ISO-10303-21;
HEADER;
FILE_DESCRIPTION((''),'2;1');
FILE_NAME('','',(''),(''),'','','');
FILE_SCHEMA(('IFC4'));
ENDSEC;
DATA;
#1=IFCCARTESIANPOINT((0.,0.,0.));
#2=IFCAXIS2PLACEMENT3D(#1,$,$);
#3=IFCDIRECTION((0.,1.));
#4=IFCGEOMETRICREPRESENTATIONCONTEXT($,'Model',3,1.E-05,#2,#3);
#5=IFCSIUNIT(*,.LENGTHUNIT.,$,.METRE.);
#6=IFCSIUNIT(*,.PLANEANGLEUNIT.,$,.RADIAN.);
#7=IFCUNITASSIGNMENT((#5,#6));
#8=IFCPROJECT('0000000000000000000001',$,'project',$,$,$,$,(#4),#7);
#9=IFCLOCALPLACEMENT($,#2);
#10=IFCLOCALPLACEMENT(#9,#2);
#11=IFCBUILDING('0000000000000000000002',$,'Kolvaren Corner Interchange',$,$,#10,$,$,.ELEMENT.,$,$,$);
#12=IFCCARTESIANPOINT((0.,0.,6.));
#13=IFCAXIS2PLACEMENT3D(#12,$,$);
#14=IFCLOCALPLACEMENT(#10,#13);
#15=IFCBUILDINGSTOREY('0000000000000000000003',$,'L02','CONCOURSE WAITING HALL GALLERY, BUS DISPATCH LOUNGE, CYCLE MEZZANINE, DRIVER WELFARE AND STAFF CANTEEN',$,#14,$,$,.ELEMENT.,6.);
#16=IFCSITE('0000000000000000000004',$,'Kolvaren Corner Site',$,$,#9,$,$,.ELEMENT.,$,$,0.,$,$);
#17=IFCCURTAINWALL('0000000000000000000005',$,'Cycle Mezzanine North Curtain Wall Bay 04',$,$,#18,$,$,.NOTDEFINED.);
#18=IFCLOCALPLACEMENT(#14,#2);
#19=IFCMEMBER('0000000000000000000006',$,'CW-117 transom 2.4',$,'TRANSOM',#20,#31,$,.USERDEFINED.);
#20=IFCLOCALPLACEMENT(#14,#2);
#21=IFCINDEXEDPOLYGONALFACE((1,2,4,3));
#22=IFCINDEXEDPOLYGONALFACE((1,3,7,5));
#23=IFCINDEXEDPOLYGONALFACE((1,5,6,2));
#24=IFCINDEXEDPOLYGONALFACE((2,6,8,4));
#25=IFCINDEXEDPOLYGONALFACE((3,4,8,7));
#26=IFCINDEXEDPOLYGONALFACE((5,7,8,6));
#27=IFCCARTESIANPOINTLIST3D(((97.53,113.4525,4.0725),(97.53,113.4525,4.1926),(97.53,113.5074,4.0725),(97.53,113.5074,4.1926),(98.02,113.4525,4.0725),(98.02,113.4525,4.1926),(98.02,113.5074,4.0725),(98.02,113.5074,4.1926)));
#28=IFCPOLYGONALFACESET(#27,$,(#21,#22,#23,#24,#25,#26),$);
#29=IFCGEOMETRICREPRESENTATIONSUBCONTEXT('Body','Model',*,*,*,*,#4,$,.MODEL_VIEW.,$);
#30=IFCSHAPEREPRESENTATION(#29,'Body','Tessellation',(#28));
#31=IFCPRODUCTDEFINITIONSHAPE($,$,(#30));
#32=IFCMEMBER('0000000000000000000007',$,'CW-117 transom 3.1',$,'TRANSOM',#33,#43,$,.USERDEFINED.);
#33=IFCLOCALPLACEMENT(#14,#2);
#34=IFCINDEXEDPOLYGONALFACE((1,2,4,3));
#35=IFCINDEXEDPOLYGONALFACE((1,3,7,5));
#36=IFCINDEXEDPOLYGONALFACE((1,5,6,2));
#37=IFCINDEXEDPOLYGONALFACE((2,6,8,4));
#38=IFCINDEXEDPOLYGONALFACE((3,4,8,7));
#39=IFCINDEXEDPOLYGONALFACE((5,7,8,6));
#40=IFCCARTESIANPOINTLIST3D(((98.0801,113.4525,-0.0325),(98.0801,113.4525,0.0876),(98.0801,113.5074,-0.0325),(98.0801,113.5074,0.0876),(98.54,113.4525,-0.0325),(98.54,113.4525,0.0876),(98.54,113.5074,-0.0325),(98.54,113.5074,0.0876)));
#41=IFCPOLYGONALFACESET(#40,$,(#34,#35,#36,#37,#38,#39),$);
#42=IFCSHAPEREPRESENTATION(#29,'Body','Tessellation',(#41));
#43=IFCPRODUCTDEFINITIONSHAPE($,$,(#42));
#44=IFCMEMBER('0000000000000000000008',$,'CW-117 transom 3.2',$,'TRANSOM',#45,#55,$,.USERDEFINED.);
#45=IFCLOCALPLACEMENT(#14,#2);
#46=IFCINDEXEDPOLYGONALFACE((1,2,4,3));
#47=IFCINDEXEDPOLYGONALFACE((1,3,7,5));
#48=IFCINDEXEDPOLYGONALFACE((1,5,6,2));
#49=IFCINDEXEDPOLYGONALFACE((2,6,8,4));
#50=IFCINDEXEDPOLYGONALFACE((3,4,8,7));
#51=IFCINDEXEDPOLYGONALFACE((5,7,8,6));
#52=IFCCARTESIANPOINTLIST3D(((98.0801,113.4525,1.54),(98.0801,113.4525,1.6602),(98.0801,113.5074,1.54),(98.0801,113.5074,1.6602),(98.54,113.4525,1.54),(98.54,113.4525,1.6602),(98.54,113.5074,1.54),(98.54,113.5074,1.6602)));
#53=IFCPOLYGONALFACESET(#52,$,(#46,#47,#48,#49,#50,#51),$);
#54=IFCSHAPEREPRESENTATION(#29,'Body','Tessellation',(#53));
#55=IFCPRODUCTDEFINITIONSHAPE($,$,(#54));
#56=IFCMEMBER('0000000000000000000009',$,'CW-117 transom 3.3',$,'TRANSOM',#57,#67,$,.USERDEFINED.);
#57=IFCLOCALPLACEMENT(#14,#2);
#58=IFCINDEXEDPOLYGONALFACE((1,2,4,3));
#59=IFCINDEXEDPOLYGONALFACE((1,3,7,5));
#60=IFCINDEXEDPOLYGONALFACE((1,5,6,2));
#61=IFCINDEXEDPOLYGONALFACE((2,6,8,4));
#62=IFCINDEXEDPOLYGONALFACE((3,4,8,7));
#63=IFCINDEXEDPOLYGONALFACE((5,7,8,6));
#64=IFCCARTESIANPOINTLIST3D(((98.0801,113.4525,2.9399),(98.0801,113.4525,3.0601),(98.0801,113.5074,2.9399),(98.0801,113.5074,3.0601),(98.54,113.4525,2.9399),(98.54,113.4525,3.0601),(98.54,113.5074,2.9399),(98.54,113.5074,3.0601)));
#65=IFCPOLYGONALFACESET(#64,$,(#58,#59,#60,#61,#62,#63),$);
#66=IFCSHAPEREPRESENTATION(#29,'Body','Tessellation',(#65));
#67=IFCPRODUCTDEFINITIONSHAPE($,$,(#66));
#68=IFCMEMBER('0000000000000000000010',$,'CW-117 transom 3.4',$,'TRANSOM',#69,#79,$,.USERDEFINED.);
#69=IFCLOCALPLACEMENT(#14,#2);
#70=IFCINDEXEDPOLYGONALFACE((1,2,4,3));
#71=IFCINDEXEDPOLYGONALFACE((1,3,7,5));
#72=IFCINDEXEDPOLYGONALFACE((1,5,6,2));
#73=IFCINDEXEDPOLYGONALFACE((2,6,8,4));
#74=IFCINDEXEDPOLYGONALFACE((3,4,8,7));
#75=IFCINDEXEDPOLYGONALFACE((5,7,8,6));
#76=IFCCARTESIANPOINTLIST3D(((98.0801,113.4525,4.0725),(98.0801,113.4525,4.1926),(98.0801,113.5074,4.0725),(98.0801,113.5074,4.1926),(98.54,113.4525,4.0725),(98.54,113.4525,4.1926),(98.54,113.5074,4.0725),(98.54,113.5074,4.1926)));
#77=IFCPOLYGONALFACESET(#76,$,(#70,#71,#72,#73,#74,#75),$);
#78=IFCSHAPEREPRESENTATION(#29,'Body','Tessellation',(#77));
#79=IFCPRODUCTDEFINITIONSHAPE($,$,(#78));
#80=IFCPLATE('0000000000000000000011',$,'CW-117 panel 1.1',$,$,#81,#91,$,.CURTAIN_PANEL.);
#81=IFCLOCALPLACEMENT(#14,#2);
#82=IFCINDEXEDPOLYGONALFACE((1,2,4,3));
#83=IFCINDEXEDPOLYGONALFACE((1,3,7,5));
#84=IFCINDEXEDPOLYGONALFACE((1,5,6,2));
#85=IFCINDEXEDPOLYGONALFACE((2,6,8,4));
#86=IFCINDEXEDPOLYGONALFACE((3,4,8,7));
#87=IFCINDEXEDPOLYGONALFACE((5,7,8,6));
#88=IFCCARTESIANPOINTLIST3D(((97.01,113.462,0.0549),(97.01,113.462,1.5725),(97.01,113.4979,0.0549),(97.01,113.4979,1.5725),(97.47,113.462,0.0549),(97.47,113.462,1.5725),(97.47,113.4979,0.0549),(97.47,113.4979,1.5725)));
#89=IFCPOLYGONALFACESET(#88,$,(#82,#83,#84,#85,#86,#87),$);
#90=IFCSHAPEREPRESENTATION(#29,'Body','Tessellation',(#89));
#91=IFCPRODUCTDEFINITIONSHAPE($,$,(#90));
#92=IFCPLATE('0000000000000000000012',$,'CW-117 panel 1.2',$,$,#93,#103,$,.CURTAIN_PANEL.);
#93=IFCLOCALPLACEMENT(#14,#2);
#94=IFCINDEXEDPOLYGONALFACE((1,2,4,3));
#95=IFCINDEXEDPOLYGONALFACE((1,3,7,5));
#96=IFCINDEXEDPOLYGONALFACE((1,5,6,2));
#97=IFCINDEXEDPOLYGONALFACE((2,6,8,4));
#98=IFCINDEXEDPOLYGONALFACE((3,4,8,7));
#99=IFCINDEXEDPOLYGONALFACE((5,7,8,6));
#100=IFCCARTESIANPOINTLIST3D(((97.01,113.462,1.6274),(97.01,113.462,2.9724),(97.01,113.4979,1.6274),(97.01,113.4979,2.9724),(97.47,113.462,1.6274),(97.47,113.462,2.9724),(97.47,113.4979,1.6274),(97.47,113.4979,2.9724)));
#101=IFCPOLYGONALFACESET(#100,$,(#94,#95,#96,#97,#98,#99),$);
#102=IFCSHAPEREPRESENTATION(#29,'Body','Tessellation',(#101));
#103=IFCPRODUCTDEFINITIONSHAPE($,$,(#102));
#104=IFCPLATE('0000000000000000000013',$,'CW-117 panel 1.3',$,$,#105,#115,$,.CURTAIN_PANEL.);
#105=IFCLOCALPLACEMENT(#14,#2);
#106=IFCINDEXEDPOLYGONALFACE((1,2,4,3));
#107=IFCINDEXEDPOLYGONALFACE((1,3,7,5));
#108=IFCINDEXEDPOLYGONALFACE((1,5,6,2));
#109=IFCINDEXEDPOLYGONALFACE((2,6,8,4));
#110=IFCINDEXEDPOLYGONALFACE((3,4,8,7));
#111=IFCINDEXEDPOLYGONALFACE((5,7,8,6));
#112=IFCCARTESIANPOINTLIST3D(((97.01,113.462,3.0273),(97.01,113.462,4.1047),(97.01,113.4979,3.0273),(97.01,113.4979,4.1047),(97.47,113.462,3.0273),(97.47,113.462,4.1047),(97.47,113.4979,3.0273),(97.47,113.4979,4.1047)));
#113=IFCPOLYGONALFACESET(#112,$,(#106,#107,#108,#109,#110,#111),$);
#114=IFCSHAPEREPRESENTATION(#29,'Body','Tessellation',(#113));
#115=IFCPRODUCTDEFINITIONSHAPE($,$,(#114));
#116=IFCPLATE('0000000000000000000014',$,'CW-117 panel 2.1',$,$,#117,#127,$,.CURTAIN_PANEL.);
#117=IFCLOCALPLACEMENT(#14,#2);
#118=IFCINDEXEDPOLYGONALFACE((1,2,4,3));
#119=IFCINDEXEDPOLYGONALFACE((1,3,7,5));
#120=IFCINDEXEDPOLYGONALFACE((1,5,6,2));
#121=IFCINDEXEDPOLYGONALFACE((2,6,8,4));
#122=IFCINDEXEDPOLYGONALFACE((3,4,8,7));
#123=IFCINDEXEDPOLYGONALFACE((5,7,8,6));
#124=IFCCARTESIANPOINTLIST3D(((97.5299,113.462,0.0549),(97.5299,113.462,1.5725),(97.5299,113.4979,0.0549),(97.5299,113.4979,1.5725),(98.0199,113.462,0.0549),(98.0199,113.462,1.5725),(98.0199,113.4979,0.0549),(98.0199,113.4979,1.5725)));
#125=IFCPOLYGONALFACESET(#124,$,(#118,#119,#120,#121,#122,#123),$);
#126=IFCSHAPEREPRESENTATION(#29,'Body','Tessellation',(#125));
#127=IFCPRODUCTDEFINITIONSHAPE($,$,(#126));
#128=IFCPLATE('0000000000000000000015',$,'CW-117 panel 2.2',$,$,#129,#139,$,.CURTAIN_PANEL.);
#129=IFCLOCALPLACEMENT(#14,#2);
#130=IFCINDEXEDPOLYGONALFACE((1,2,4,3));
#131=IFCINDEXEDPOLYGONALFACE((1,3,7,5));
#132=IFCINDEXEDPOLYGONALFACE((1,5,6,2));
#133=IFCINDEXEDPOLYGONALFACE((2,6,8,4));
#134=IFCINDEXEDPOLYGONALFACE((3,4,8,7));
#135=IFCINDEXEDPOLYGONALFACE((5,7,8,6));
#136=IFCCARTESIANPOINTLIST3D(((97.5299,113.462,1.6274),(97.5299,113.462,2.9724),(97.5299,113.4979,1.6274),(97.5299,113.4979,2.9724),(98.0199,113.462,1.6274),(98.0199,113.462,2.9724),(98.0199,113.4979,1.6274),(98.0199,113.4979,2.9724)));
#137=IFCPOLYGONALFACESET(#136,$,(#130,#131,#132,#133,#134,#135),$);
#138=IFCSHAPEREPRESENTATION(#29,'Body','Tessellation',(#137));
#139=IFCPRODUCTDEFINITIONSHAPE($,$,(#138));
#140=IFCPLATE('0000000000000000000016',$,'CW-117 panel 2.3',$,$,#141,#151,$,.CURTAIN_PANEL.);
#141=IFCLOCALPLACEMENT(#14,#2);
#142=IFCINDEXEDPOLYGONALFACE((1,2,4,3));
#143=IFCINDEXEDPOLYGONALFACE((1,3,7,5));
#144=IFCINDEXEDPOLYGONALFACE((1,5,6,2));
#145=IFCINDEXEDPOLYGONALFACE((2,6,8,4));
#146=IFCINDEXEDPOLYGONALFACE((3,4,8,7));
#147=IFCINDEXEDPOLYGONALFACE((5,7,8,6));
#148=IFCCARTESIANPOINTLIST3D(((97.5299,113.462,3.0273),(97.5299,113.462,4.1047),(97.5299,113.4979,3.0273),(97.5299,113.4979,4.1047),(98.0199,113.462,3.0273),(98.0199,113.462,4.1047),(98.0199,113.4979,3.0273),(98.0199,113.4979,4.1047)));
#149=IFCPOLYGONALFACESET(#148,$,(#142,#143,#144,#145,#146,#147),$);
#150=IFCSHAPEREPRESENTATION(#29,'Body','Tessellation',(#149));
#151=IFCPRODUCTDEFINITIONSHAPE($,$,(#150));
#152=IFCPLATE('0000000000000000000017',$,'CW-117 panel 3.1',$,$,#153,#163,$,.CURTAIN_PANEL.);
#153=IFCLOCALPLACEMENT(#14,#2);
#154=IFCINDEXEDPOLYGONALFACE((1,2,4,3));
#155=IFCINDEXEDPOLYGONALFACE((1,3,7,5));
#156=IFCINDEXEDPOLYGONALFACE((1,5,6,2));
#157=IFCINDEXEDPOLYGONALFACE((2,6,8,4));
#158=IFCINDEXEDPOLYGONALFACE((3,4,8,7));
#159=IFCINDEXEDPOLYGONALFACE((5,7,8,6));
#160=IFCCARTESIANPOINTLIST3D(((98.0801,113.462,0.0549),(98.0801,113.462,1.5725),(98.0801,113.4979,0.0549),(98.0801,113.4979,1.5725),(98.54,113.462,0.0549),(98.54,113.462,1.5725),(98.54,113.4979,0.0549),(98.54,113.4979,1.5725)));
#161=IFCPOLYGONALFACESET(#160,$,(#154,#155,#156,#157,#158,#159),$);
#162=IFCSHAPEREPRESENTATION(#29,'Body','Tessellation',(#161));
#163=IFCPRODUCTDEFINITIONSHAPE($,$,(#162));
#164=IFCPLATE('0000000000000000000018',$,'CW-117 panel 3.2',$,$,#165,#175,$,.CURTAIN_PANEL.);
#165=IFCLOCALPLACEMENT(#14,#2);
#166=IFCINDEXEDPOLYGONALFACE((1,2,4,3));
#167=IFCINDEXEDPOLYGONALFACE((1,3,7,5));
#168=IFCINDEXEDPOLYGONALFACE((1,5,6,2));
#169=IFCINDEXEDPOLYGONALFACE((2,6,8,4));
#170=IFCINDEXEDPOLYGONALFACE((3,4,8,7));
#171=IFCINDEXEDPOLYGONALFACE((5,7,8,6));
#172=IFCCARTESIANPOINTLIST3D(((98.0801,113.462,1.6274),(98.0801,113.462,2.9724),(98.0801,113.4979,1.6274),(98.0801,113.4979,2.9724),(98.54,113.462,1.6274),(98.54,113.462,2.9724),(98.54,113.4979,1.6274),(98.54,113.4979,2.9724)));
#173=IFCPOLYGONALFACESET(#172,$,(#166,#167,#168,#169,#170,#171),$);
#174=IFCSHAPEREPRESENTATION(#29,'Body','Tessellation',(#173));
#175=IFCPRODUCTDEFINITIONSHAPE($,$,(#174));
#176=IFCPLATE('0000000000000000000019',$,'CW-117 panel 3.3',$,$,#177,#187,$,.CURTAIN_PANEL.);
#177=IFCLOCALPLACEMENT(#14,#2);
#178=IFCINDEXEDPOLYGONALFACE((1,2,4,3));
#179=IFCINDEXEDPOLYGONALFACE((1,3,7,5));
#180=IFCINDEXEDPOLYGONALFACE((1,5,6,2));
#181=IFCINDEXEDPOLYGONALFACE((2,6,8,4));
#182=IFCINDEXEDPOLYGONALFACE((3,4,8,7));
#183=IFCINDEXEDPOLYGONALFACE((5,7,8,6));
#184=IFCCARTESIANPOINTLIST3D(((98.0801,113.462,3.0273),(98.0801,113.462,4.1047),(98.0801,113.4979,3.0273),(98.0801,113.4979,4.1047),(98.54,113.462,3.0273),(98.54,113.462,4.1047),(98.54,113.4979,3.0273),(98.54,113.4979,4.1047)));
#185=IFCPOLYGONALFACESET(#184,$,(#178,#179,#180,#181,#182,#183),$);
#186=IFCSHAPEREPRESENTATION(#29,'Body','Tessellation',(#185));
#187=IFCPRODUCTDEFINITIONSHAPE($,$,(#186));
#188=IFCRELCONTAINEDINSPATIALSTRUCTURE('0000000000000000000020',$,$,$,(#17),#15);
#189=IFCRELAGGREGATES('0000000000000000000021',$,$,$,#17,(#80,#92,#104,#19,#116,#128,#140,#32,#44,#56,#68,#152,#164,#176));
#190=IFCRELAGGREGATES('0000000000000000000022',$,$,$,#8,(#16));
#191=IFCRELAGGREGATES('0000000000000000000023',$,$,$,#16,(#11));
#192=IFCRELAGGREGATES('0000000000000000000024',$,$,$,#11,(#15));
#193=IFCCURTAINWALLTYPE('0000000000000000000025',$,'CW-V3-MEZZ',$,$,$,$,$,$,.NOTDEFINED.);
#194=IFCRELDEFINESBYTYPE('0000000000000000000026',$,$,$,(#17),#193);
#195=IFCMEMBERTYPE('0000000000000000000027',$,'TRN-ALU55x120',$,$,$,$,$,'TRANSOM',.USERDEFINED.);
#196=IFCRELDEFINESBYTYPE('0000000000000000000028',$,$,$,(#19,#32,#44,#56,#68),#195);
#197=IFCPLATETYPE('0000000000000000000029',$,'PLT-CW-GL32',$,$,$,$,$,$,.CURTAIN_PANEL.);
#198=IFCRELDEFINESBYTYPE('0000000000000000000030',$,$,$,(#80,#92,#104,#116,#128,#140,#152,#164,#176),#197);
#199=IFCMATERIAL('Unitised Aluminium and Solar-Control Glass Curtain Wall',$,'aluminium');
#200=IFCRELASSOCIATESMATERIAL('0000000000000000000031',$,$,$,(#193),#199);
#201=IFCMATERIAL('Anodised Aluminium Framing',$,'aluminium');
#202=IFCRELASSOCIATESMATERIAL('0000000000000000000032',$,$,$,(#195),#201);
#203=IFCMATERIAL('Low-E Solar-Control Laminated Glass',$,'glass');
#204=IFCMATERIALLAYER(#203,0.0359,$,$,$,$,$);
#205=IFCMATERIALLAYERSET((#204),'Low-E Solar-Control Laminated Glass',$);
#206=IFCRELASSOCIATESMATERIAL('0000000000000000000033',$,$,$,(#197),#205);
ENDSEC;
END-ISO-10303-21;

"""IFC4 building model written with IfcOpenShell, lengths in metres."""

from ifc_helpers import new_model, si_unit, direction, frame, origin, origin_2d, place, context, subcontext, project, spatial, rectangle, extrude, material, layer, layer_set, material_profile, profile_set, type_object, element, aggregate, save


model = new_model("IFC4")

# Units and contexts
model_context = context("Model", 3, precision=1e-05, world=origin(), true_north=direction((0.0, 1.0)))
body_context = subcontext(model_context, "Body", "Model", "MODEL_VIEW")
ifc_project = project(units=[si_unit("LENGTHUNIT", "METRE"), si_unit("PLANEANGLEUNIT", "RADIAN")], contexts=[model_context])

# Site, building, storey
site_placement = place(None, origin())
site = spatial("IfcSite", under=ifc_project, at=site_placement, Name="Kolvaren Corner Site", CompositionType="ELEMENT", RefElevation=0.0)
building_placement = place(site_placement, origin())
building = spatial("IfcBuilding", under=site, at=building_placement, Name="Kolvaren Corner Interchange", CompositionType="ELEMENT")
storey_placement = place(building_placement, frame((0.0, 0.0, 6.0)))
storey = spatial("IfcBuildingStorey", under=building, at=storey_placement, Name="L02", Description="CONCOURSE WAITING HALL GALLERY, BUS DISPATCH LOUNGE, CYCLE MEZZANINE, DRIVER WELFARE AND STAFF CANTEEN", CompositionType="ELEMENT", Elevation=6.0)

# Curtain wall, members, plates
ifc_material_1 = material(Name="Unitised Aluminium and Solar-Control Glass Curtain Wall", Category="aluminium")
curtain_wall_type = type_object("IfcCurtainWallType", Name="CW-V3-MEZZ", PredefinedType="NOTDEFINED", material=ifc_material_1)
curtain_wall_placement = place(storey_placement, origin())
curtain_wall = element("IfcCurtainWall", 1, at=curtain_wall_placement, inside=storey, type_object=curtain_wall_type, Name="Cycle Mezzanine North Curtain Wall Bay 04", PredefinedType="NOTDEFINED")
ifc_material_2 = material(Name="Anodised Aluminium Framing", Category="aluminium")
ifc_material_profile_1 = material_profile(ifc_material_2, rectangle(XDim=0.0549, YDim=0.1201, at=origin_2d()), Name="ALU 55x120")
ifc_profile_set_1 = profile_set([ifc_material_profile_1], Name="Anodised Aluminium Framing")
member_type_1 = type_object("IfcMemberType", Name="TRN-ALU55x120", ElementType="TRANSOM", PredefinedType="USERDEFINED", material=ifc_profile_set_1)
member_1_placement = place(storey_placement, frame((97.53, 113.48, 4.1326), z_axis=(1.0, 0.0, 0.0), x_axis=(0.0, 1.0, 0.0)))
member_1 = element("IfcMember", 2, at=member_1_placement, type_object=member_type_1, Name="CW-117 transom 2.4", ObjectType="TRANSOM", PredefinedType="USERDEFINED", context=body_context, shape_type="SweptSolid", body=[
    extrude(rectangle(XDim=0.0549, YDim=0.1201, at=origin_2d()), origin(), (0.0, 0.0, 1.0), 0.49),
])
member_2_placement = place(storey_placement, frame((98.0801, 113.48, 0.0276), z_axis=(1.0, 0.0, 0.0), x_axis=(0.0, 1.0, 0.0)))
member_2 = element("IfcMember", 3, at=member_2_placement, type_object=member_type_1, Name="CW-117 transom 3.1", ObjectType="TRANSOM", PredefinedType="USERDEFINED", context=body_context, shape_type="SweptSolid", body=[
    extrude(rectangle(XDim=0.0549, YDim=0.1201, at=origin_2d()), origin(), (0.0, 0.0, 1.0), 0.46),
])
member_3_placement = place(storey_placement, frame((98.0801, 113.48, 1.6001), z_axis=(1.0, 0.0, 0.0), x_axis=(0.0, 1.0, 0.0)))
member_3 = element("IfcMember", 4, at=member_3_placement, type_object=member_type_1, Name="CW-117 transom 3.2", ObjectType="TRANSOM", PredefinedType="USERDEFINED", context=body_context, shape_type="SweptSolid", body=[
    extrude(rectangle(XDim=0.0549, YDim=0.1201, at=origin_2d()), origin(), (0.0, 0.0, 1.0), 0.46),
])
member_4_placement = place(storey_placement, frame((98.0801, 113.48, 3.0), z_axis=(1.0, 0.0, 0.0), x_axis=(0.0, 1.0, 0.0)))
member_4 = element("IfcMember", 5, at=member_4_placement, type_object=member_type_1, Name="CW-117 transom 3.3", ObjectType="TRANSOM", PredefinedType="USERDEFINED", context=body_context, shape_type="SweptSolid", body=[
    extrude(rectangle(XDim=0.0549, YDim=0.1201, at=origin_2d()), origin(), (0.0, 0.0, 1.0), 0.46),
])
member_5_placement = place(storey_placement, frame((98.0801, 113.48, 4.1326), z_axis=(1.0, 0.0, 0.0), x_axis=(0.0, 1.0, 0.0)))
member_5 = element("IfcMember", 6, at=member_5_placement, type_object=member_type_1, Name="CW-117 transom 3.4", ObjectType="TRANSOM", PredefinedType="USERDEFINED", context=body_context, shape_type="SweptSolid", body=[
    extrude(rectangle(XDim=0.0549, YDim=0.1201, at=origin_2d()), origin(), (0.0, 0.0, 1.0), 0.46),
])
ifc_material_3 = material(Name="Low-E Solar-Control Laminated Glass", Category="glass")
ifc_layer = layer(ifc_material_3, 0.0359)
ifc_layer_set = layer_set([ifc_layer], Name="Low-E Solar-Control Laminated Glass")
plate_type = type_object("IfcPlateType", Name="PLT-CW-GL32", PredefinedType="CURTAIN_PANEL", material=ifc_layer_set)
plate_1_placement = place(storey_placement, frame((97.24, 113.48, 0.0549), z_axis=(0.0, 0.0, 1.0), x_axis=(1.0, 0.0, 0.0)))
plate_1 = element("IfcPlate", 7, at=plate_1_placement, type_object=plate_type, Name="CW-117 panel 1.1", PredefinedType="CURTAIN_PANEL", context=body_context, shape_type="SweptSolid", body=[
    extrude(rectangle(XDim=0.46, YDim=0.0359, at=origin_2d()), origin(), (0.0, 0.0, 1.0), 1.5176),
])
plate_2_placement = place(storey_placement, frame((97.24, 113.48, 1.6274), z_axis=(0.0, 0.0, 1.0), x_axis=(1.0, 0.0, 0.0)))
plate_2 = element("IfcPlate", 8, at=plate_2_placement, type_object=plate_type, Name="CW-117 panel 1.2", PredefinedType="CURTAIN_PANEL", context=body_context, shape_type="SweptSolid", body=[
    extrude(rectangle(XDim=0.46, YDim=0.0359, at=origin_2d()), origin(), (0.0, 0.0, 1.0), 1.345),
])
plate_3_placement = place(storey_placement, frame((97.24, 113.48, 3.0273), z_axis=(0.0, 0.0, 1.0), x_axis=(1.0, 0.0, 0.0)))
plate_3 = element("IfcPlate", 9, at=plate_3_placement, type_object=plate_type, Name="CW-117 panel 1.3", PredefinedType="CURTAIN_PANEL", context=body_context, shape_type="SweptSolid", body=[
    extrude(rectangle(XDim=0.46, YDim=0.0359, at=origin_2d()), origin(), (0.0, 0.0, 1.0), 1.0774),
])
plate_4_placement = place(storey_placement, frame((97.7749, 113.48, 0.0549), z_axis=(0.0, 0.0, 1.0), x_axis=(1.0, 0.0, 0.0)))
plate_4 = element("IfcPlate", 10, at=plate_4_placement, type_object=plate_type, Name="CW-117 panel 2.1", PredefinedType="CURTAIN_PANEL", context=body_context, shape_type="SweptSolid", body=[
    extrude(rectangle(XDim=0.49, YDim=0.0359, at=origin_2d()), origin(), (0.0, 0.0, 1.0), 1.5176),
])
plate_5_placement = place(storey_placement, frame((97.7749, 113.48, 1.6274), z_axis=(0.0, 0.0, 1.0), x_axis=(1.0, 0.0, 0.0)))
plate_5 = element("IfcPlate", 11, at=plate_5_placement, type_object=plate_type, Name="CW-117 panel 2.2", PredefinedType="CURTAIN_PANEL", context=body_context, shape_type="SweptSolid", body=[
    extrude(rectangle(XDim=0.49, YDim=0.0359, at=origin_2d()), origin(), (0.0, 0.0, 1.0), 1.345),
])
plate_6_placement = place(storey_placement, frame((97.7749, 113.48, 3.0273), z_axis=(0.0, 0.0, 1.0), x_axis=(1.0, 0.0, 0.0)))
plate_6 = element("IfcPlate", 12, at=plate_6_placement, type_object=plate_type, Name="CW-117 panel 2.3", PredefinedType="CURTAIN_PANEL", context=body_context, shape_type="SweptSolid", body=[
    extrude(rectangle(XDim=0.49, YDim=0.0359, at=origin_2d()), origin(), (0.0, 0.0, 1.0), 1.0774),
])
plate_7_placement = place(storey_placement, frame((98.3101, 113.48, 0.0549), z_axis=(0.0, 0.0, 1.0), x_axis=(1.0, 0.0, 0.0)))
plate_7 = element("IfcPlate", 13, at=plate_7_placement, type_object=plate_type, Name="CW-117 panel 3.1", PredefinedType="CURTAIN_PANEL", context=body_context, shape_type="SweptSolid", body=[
    extrude(rectangle(XDim=0.46, YDim=0.0359, at=origin_2d()), origin(), (0.0, 0.0, 1.0), 1.5176),
])
plate_8_placement = place(storey_placement, frame((98.3101, 113.48, 1.6274), z_axis=(0.0, 0.0, 1.0), x_axis=(1.0, 0.0, 0.0)))
plate_8 = element("IfcPlate", 14, at=plate_8_placement, type_object=plate_type, Name="CW-117 panel 3.2", PredefinedType="CURTAIN_PANEL", context=body_context, shape_type="SweptSolid", body=[
    extrude(rectangle(XDim=0.46, YDim=0.0359, at=origin_2d()), origin(), (0.0, 0.0, 1.0), 1.345),
])
plate_9_placement = place(storey_placement, frame((98.3101, 113.48, 3.0273), z_axis=(0.0, 0.0, 1.0), x_axis=(1.0, 0.0, 0.0)))
plate_9 = element("IfcPlate", 15, at=plate_9_placement, type_object=plate_type, Name="CW-117 panel 3.3", PredefinedType="CURTAIN_PANEL", context=body_context, shape_type="SweptSolid", body=[
    extrude(rectangle(XDim=0.46, YDim=0.0359, at=origin_2d()), origin(), (0.0, 0.0, 1.0), 1.0774),
])
aggregate(curtain_wall, [plate_1, plate_2, plate_3, member_1, plate_4, plate_5, plate_6, member_2, member_3, member_4, member_5, plate_7, plate_8, plate_9])

save(model, "model.ifc")
